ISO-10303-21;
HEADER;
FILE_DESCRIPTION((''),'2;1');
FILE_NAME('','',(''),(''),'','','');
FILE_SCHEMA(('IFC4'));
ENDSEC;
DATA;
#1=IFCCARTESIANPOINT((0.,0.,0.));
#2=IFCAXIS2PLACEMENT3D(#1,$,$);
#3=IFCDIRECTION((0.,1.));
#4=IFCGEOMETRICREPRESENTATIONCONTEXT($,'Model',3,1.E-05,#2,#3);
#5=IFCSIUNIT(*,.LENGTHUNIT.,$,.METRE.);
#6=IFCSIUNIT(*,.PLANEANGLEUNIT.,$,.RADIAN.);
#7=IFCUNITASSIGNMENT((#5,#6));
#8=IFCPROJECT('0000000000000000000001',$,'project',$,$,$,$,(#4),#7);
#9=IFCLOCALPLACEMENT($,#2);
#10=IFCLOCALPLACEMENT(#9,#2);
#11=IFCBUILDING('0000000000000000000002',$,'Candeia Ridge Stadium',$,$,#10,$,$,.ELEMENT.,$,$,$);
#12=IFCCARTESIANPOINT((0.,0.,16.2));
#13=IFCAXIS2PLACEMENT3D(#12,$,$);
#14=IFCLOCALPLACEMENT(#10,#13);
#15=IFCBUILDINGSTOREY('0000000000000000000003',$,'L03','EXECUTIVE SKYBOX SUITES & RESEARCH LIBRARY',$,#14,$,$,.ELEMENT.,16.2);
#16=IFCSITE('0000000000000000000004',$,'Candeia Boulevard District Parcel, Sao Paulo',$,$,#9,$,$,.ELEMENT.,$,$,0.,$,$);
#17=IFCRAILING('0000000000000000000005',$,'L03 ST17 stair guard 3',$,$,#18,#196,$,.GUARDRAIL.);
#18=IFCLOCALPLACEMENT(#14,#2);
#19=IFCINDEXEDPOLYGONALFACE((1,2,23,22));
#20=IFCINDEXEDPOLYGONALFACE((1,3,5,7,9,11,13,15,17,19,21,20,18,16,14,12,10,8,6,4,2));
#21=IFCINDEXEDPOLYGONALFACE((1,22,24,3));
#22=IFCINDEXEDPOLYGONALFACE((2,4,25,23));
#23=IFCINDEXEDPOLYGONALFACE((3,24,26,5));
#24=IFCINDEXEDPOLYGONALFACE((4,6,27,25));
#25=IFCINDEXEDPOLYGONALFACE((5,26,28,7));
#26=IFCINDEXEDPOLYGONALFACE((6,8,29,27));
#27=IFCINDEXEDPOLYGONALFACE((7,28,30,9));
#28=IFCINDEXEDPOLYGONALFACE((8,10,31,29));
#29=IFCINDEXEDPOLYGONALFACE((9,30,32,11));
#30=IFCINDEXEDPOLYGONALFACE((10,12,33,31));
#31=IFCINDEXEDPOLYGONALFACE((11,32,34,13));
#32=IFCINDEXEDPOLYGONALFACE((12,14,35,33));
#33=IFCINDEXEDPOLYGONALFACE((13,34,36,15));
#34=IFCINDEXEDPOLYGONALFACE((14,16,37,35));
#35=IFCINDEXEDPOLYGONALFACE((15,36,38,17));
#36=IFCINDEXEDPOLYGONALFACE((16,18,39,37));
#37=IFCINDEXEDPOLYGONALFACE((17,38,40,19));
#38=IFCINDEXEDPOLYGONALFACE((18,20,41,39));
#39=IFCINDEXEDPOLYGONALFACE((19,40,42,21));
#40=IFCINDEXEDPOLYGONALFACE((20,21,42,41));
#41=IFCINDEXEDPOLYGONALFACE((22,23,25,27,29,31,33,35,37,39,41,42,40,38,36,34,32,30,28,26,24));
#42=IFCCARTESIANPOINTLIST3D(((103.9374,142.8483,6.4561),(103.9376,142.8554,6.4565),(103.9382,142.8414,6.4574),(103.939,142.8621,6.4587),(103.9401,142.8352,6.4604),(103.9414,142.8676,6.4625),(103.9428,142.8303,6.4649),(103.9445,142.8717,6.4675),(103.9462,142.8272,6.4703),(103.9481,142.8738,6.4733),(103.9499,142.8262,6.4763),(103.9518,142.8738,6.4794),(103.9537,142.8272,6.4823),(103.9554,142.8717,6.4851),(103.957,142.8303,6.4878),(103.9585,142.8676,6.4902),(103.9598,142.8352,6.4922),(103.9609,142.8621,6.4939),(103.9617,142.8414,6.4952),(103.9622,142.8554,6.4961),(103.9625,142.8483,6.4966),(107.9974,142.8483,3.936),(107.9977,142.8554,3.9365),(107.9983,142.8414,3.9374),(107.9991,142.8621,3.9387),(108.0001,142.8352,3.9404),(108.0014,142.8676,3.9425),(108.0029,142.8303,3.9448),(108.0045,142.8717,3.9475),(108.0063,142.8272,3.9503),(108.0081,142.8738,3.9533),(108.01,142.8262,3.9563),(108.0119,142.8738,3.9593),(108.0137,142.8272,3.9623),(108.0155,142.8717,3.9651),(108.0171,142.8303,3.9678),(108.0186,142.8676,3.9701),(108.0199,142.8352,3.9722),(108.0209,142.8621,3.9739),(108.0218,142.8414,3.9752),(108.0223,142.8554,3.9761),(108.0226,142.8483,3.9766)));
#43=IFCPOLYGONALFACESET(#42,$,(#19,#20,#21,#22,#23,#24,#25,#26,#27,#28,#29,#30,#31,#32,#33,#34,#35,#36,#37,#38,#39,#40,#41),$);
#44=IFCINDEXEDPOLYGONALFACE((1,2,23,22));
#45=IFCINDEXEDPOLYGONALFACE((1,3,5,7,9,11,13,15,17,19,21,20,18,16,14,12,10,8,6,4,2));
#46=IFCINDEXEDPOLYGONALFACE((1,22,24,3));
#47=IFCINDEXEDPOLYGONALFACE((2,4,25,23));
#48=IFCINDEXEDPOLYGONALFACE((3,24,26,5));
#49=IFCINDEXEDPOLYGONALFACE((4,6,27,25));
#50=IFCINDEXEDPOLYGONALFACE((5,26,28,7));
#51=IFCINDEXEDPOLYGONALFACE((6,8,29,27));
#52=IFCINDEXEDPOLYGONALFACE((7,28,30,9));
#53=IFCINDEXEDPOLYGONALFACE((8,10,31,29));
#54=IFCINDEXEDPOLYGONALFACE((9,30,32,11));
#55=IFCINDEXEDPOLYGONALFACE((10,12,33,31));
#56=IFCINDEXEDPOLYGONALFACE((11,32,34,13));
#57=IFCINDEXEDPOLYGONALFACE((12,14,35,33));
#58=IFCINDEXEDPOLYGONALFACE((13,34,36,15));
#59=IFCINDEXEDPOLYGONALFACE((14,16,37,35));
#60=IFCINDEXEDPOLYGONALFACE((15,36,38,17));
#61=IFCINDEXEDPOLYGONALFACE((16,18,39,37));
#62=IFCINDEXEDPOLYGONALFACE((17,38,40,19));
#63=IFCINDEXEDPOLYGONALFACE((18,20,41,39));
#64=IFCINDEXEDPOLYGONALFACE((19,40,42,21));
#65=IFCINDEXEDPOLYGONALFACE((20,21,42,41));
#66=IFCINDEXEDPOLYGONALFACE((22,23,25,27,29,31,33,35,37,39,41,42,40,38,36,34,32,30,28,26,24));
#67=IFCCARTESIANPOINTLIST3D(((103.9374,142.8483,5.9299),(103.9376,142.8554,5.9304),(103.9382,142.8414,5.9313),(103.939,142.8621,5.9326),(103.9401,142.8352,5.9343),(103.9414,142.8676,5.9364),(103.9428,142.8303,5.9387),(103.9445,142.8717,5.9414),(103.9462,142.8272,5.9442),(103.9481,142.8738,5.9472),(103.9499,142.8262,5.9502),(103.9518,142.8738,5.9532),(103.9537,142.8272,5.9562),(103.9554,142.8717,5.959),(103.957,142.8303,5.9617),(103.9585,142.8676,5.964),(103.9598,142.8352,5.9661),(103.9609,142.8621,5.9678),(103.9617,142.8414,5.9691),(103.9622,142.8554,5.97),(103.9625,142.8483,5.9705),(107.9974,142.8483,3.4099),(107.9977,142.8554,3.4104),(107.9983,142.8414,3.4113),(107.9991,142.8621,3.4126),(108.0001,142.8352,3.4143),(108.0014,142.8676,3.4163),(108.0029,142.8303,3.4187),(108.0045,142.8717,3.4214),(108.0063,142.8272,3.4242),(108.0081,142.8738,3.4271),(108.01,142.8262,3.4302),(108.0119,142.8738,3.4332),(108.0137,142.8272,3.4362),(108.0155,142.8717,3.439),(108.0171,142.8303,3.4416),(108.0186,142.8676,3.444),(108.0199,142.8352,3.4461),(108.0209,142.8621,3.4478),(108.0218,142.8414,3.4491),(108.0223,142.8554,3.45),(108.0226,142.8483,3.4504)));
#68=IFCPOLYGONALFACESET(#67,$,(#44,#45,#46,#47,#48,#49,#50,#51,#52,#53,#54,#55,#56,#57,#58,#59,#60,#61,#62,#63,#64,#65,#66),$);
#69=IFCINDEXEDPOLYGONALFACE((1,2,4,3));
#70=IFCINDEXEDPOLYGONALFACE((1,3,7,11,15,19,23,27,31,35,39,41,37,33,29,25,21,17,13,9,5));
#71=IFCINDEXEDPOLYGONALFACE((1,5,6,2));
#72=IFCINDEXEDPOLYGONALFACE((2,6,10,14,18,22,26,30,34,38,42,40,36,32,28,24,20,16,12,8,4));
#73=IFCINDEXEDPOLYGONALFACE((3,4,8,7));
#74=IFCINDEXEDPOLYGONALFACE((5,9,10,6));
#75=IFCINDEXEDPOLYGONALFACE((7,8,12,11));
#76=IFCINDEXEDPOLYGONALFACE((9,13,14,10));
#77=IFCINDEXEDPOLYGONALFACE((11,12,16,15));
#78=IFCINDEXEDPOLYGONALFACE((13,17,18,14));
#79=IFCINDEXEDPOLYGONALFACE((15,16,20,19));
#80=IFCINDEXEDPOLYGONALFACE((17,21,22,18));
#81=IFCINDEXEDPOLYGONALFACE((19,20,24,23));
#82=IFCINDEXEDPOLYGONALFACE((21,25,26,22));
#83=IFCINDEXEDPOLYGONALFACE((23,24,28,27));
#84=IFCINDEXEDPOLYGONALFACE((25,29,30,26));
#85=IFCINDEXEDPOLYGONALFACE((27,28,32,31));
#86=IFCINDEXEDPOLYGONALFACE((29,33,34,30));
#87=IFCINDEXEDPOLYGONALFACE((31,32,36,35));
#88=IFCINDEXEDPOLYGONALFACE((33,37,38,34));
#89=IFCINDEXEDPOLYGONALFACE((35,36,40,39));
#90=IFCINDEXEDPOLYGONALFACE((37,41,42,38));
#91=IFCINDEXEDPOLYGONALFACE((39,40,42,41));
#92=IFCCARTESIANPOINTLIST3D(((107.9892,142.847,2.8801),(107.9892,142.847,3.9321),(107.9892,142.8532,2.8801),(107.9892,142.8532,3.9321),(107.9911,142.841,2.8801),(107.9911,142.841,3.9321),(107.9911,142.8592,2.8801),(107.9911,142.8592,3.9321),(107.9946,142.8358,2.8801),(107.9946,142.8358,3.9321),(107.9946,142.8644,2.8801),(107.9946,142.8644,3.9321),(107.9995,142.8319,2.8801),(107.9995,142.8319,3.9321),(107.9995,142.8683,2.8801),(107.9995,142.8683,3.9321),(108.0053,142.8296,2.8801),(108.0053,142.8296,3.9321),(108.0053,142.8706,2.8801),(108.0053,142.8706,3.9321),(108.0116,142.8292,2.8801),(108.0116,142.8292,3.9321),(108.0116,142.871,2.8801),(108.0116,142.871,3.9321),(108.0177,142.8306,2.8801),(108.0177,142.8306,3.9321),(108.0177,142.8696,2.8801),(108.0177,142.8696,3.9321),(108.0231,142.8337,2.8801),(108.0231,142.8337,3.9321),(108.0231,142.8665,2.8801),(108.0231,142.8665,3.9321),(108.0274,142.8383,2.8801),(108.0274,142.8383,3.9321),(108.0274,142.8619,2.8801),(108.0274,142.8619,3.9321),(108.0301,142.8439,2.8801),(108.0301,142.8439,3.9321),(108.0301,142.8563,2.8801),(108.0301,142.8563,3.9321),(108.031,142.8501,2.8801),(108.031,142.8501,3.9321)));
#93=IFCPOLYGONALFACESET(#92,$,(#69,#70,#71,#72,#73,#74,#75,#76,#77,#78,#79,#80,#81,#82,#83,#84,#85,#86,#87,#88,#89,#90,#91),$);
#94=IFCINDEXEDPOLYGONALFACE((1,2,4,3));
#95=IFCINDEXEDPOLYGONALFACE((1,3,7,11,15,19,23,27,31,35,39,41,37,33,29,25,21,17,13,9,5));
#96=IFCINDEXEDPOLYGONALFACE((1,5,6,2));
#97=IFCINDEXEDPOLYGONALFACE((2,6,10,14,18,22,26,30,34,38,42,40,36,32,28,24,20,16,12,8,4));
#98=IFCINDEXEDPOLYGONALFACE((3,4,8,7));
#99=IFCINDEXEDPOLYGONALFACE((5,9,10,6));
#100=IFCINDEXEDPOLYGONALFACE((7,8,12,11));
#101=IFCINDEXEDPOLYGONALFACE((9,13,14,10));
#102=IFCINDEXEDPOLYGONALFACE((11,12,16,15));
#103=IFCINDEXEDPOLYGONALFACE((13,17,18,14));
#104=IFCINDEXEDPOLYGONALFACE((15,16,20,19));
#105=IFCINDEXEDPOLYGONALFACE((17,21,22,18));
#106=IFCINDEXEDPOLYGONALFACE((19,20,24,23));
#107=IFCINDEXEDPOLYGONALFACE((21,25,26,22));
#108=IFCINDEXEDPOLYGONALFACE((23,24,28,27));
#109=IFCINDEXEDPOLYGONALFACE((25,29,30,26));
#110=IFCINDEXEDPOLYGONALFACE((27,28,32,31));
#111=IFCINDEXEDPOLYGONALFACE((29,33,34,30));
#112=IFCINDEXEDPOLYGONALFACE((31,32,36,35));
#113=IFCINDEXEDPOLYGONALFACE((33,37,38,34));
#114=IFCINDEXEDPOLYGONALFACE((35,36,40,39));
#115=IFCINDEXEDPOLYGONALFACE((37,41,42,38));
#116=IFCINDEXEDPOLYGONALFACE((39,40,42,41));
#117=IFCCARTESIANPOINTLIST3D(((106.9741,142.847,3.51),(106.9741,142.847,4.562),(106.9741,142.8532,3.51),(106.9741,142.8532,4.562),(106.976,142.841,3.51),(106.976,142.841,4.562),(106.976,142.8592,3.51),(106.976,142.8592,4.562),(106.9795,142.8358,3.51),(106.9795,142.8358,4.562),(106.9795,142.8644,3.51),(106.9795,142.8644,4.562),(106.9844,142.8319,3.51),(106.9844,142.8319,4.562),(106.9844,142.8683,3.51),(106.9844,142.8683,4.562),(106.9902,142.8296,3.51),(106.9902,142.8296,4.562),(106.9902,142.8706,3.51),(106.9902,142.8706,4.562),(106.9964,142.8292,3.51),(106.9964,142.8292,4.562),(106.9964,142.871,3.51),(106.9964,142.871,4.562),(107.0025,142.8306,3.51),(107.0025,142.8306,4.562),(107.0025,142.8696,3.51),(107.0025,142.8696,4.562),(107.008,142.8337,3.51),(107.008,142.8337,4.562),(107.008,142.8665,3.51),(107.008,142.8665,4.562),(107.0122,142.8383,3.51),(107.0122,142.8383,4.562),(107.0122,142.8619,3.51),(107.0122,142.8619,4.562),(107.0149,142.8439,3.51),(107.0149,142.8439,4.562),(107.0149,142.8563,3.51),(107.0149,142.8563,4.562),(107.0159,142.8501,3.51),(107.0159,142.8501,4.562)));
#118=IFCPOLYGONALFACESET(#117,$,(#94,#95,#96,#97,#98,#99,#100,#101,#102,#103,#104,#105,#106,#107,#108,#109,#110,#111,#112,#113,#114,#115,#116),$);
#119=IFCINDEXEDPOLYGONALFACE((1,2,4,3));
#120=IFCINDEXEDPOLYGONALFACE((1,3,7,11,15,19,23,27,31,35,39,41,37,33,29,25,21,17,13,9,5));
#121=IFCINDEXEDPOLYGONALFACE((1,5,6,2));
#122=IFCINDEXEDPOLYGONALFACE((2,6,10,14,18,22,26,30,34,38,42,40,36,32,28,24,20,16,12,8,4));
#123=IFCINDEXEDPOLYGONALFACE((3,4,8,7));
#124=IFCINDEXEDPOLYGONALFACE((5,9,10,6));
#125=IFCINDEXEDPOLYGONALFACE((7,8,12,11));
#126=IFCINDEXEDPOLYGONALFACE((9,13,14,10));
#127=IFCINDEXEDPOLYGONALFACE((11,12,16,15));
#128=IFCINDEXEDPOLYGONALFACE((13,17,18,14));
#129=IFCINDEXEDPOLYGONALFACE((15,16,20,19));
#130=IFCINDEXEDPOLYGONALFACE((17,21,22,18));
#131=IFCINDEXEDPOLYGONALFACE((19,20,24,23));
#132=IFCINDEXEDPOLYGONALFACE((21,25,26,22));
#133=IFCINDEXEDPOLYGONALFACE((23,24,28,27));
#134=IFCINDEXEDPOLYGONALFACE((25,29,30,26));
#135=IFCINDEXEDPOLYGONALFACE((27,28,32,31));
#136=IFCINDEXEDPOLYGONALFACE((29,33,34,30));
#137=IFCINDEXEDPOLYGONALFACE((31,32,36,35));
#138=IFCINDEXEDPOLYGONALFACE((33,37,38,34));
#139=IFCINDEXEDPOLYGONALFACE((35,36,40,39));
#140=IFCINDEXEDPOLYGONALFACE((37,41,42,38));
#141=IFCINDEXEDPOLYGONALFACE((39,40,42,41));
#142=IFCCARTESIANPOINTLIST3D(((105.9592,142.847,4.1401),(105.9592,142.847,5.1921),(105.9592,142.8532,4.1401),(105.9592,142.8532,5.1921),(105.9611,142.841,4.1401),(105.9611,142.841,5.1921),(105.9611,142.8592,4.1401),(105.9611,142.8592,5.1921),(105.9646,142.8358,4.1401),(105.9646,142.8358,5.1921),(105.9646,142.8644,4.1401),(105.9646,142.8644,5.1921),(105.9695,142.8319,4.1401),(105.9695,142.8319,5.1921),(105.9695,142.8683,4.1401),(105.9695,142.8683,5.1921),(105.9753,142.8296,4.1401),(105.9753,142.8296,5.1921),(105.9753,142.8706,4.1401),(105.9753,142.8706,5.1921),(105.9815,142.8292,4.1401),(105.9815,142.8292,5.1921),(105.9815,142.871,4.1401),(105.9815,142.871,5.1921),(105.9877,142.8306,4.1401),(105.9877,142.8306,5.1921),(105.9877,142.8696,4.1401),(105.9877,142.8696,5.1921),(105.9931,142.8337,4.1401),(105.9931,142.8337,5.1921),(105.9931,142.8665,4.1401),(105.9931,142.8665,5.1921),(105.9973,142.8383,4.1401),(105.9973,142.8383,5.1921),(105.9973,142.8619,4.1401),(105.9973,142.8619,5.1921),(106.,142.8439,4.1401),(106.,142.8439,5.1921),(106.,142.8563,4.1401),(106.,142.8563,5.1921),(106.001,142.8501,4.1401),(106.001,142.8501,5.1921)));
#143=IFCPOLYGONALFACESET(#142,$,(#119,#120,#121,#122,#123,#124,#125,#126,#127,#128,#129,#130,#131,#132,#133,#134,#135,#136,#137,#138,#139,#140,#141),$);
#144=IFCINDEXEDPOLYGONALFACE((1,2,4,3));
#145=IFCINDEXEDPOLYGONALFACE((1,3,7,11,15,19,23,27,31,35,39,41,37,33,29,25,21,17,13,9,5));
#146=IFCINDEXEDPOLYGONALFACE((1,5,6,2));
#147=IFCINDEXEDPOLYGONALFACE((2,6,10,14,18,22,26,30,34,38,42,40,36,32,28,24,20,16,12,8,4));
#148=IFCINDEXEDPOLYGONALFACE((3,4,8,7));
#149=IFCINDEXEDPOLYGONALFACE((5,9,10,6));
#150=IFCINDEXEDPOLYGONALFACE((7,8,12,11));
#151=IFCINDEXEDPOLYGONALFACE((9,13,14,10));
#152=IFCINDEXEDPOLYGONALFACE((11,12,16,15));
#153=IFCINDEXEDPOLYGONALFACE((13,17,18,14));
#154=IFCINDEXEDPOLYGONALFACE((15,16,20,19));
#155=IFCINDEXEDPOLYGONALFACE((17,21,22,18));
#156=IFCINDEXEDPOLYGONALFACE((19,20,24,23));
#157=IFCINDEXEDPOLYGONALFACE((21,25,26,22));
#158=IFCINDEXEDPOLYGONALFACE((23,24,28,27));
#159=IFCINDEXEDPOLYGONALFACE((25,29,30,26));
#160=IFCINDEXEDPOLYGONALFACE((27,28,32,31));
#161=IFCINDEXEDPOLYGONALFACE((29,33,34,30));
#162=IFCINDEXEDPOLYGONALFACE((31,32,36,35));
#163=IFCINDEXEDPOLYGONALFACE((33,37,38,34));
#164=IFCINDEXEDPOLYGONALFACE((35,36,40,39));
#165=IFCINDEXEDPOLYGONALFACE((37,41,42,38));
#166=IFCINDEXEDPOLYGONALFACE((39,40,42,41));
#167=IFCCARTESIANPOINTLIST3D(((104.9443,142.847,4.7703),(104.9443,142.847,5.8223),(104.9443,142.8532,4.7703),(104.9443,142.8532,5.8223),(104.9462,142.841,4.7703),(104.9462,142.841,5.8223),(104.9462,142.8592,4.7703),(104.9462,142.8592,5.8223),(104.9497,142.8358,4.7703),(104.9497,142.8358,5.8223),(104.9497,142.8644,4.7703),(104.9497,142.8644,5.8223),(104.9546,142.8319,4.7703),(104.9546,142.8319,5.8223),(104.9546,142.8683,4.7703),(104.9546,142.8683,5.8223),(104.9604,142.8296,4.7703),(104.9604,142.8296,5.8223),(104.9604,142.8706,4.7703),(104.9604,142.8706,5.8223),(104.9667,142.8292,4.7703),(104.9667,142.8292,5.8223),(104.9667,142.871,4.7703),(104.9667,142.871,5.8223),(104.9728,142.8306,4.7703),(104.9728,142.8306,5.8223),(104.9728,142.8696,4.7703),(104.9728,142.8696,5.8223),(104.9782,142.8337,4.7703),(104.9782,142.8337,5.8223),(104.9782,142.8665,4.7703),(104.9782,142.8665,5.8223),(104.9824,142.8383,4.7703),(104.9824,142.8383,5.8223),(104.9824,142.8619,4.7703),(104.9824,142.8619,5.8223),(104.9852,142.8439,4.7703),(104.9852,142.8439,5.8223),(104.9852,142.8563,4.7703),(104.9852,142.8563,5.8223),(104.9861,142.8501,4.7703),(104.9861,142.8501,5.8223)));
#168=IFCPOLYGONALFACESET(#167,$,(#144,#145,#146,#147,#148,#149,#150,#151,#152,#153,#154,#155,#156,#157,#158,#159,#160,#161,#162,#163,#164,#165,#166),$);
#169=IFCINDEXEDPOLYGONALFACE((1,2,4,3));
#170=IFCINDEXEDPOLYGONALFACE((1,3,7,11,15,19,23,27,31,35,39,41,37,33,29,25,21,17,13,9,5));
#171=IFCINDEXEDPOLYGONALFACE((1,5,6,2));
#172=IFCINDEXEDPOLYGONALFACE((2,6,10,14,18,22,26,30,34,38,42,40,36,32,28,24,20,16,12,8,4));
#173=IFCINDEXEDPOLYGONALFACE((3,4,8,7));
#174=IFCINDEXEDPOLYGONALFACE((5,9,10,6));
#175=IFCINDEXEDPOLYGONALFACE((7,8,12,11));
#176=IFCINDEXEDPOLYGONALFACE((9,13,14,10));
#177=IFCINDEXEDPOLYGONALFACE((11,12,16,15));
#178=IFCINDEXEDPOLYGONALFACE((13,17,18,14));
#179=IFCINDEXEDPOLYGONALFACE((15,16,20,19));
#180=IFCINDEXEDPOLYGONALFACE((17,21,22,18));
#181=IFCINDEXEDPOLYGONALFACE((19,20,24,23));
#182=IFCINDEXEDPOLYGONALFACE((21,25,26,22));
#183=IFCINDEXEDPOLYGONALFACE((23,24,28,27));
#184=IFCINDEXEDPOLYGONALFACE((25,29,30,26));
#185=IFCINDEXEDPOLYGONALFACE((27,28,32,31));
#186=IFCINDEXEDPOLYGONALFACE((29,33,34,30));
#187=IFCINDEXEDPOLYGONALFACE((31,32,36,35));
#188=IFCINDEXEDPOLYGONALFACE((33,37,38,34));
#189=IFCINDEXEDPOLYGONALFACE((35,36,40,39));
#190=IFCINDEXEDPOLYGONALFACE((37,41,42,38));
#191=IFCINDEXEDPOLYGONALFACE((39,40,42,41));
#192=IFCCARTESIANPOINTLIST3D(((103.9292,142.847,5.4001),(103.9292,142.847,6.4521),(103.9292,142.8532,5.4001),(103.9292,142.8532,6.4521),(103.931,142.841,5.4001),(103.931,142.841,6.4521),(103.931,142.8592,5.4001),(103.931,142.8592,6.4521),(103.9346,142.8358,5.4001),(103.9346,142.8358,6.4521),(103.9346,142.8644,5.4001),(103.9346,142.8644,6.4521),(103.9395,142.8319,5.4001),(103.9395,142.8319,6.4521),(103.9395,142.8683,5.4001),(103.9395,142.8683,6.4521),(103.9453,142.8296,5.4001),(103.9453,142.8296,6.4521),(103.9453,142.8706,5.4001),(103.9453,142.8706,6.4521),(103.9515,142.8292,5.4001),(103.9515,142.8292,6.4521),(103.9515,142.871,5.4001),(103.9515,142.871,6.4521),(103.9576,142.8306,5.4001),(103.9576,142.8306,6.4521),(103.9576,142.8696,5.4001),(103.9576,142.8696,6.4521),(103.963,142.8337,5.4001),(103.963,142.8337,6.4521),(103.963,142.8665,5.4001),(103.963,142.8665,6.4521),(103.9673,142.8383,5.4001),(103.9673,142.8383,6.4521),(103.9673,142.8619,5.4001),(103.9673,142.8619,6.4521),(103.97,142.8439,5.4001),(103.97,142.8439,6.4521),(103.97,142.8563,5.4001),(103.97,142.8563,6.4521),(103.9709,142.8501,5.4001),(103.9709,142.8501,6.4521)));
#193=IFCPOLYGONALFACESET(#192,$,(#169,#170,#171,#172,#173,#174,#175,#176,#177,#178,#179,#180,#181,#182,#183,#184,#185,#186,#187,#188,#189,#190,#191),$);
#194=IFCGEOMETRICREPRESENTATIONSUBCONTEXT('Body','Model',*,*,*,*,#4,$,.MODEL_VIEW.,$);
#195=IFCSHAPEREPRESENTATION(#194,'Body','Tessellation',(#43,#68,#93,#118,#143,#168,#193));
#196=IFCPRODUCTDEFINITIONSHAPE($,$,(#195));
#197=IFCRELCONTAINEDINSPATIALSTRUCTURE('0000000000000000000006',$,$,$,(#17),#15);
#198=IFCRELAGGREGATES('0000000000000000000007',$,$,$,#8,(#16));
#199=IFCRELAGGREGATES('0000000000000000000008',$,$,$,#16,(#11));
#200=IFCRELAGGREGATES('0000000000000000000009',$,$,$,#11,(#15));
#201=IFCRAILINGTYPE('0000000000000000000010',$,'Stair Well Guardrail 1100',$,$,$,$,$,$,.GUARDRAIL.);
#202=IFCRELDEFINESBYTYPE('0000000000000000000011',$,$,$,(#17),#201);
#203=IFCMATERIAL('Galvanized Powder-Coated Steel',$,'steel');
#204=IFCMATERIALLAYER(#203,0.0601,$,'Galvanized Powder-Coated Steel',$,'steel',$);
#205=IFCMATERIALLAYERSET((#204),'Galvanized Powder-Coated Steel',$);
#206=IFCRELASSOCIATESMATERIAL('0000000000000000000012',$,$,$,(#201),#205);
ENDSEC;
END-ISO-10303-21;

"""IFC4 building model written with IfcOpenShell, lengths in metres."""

from ifc_helpers import new_model, si_unit, direction, frame, origin, origin_2d, place, context, subcontext, project, spatial, circle, extrude, material, layer, layer_set, type_object, element, save


model = new_model("IFC4")

# Units and contexts
model_context = context("Model", 3, precision=1e-05, world=origin(), true_north=direction((0.0, 1.0)))
body_context = subcontext(model_context, "Body", "Model", "MODEL_VIEW")
ifc_project = project(units=[si_unit("LENGTHUNIT", "METRE"), si_unit("PLANEANGLEUNIT", "RADIAN")], contexts=[model_context])

# Site, building, storey
site_placement = place(None, origin())
site = spatial("IfcSite", under=ifc_project, at=site_placement, Name="Candeia Boulevard District Parcel, Sao Paulo", CompositionType="ELEMENT", RefElevation=0.0)
building_placement = place(site_placement, origin())
building = spatial("IfcBuilding", under=site, at=building_placement, Name="Candeia Ridge Stadium", CompositionType="ELEMENT")
storey_placement = place(building_placement, frame((0.0, 0.0, 16.2)))
storey = spatial("IfcBuildingStorey", under=building, at=storey_placement, Name="L03", Description="EXECUTIVE SKYBOX SUITES & RESEARCH LIBRARY", CompositionType="ELEMENT", Elevation=16.2)

# Railing
ifc_material_1 = material(Name="Galvanized Powder-Coated Steel", Category="steel")
ifc_layer_1 = layer(ifc_material_1, 0.0601, Name="Galvanized Powder-Coated Steel", Category="steel")
ifc_layer_set_1 = layer_set([ifc_layer_1], Name="Galvanized Powder-Coated Steel")
railing_type_1 = type_object("IfcRailingType", Name="Stair Well Guardrail 1100", PredefinedType="GUARDRAIL", material=ifc_layer_set_1)
railing_1_placement = place(storey_placement, frame((108.01, 142.8501, 2.8801)))
element("IfcRailing", 1, at=railing_1_placement, inside=storey, type_object=railing_type_1, Name="L03 ST17 stair guard 3", PredefinedType="GUARDRAIL", context=body_context, shape_type="SweptSolid", body=[
    extrude(circle(Radius=0.0239, at=origin_2d()), frame((0.0, 0.0, 1.0762), z_axis=(-0.849642, 0.0, 0.52736), x_axis=(0.0, -1.0, 0.0)), (0.0, 0.0, 1.0), 4.7786),
    extrude(circle(Radius=0.0239, at=origin_2d()), frame((0.0, 0.0, 0.55), z_axis=(-0.849642, 0.0, 0.52736), x_axis=(0.0, -1.0, 0.0)), (0.0, 0.0, 1.0), 4.7786),
    extrude(circle(Radius=0.021, at=origin_2d()), origin(), (0.0, 0.0, 1.0), 1.052),
    extrude(circle(Radius=0.021, at=origin_2d()), frame((-1.0151, 0.0, 0.6299)), (0.0, 0.0, 1.0), 1.052),
    extrude(circle(Radius=0.021, at=origin_2d()), frame((-2.03, 0.0, 1.26)), (0.0, 0.0, 1.0), 1.052),
    extrude(circle(Radius=0.021, at=origin_2d()), frame((-3.0449, 0.0, 1.8901)), (0.0, 0.0, 1.0), 1.052),
    extrude(circle(Radius=0.021, at=origin_2d()), frame((-4.0601, 0.0, 2.52)), (0.0, 0.0, 1.0), 1.052),
])

save(model, "model.ifc")
